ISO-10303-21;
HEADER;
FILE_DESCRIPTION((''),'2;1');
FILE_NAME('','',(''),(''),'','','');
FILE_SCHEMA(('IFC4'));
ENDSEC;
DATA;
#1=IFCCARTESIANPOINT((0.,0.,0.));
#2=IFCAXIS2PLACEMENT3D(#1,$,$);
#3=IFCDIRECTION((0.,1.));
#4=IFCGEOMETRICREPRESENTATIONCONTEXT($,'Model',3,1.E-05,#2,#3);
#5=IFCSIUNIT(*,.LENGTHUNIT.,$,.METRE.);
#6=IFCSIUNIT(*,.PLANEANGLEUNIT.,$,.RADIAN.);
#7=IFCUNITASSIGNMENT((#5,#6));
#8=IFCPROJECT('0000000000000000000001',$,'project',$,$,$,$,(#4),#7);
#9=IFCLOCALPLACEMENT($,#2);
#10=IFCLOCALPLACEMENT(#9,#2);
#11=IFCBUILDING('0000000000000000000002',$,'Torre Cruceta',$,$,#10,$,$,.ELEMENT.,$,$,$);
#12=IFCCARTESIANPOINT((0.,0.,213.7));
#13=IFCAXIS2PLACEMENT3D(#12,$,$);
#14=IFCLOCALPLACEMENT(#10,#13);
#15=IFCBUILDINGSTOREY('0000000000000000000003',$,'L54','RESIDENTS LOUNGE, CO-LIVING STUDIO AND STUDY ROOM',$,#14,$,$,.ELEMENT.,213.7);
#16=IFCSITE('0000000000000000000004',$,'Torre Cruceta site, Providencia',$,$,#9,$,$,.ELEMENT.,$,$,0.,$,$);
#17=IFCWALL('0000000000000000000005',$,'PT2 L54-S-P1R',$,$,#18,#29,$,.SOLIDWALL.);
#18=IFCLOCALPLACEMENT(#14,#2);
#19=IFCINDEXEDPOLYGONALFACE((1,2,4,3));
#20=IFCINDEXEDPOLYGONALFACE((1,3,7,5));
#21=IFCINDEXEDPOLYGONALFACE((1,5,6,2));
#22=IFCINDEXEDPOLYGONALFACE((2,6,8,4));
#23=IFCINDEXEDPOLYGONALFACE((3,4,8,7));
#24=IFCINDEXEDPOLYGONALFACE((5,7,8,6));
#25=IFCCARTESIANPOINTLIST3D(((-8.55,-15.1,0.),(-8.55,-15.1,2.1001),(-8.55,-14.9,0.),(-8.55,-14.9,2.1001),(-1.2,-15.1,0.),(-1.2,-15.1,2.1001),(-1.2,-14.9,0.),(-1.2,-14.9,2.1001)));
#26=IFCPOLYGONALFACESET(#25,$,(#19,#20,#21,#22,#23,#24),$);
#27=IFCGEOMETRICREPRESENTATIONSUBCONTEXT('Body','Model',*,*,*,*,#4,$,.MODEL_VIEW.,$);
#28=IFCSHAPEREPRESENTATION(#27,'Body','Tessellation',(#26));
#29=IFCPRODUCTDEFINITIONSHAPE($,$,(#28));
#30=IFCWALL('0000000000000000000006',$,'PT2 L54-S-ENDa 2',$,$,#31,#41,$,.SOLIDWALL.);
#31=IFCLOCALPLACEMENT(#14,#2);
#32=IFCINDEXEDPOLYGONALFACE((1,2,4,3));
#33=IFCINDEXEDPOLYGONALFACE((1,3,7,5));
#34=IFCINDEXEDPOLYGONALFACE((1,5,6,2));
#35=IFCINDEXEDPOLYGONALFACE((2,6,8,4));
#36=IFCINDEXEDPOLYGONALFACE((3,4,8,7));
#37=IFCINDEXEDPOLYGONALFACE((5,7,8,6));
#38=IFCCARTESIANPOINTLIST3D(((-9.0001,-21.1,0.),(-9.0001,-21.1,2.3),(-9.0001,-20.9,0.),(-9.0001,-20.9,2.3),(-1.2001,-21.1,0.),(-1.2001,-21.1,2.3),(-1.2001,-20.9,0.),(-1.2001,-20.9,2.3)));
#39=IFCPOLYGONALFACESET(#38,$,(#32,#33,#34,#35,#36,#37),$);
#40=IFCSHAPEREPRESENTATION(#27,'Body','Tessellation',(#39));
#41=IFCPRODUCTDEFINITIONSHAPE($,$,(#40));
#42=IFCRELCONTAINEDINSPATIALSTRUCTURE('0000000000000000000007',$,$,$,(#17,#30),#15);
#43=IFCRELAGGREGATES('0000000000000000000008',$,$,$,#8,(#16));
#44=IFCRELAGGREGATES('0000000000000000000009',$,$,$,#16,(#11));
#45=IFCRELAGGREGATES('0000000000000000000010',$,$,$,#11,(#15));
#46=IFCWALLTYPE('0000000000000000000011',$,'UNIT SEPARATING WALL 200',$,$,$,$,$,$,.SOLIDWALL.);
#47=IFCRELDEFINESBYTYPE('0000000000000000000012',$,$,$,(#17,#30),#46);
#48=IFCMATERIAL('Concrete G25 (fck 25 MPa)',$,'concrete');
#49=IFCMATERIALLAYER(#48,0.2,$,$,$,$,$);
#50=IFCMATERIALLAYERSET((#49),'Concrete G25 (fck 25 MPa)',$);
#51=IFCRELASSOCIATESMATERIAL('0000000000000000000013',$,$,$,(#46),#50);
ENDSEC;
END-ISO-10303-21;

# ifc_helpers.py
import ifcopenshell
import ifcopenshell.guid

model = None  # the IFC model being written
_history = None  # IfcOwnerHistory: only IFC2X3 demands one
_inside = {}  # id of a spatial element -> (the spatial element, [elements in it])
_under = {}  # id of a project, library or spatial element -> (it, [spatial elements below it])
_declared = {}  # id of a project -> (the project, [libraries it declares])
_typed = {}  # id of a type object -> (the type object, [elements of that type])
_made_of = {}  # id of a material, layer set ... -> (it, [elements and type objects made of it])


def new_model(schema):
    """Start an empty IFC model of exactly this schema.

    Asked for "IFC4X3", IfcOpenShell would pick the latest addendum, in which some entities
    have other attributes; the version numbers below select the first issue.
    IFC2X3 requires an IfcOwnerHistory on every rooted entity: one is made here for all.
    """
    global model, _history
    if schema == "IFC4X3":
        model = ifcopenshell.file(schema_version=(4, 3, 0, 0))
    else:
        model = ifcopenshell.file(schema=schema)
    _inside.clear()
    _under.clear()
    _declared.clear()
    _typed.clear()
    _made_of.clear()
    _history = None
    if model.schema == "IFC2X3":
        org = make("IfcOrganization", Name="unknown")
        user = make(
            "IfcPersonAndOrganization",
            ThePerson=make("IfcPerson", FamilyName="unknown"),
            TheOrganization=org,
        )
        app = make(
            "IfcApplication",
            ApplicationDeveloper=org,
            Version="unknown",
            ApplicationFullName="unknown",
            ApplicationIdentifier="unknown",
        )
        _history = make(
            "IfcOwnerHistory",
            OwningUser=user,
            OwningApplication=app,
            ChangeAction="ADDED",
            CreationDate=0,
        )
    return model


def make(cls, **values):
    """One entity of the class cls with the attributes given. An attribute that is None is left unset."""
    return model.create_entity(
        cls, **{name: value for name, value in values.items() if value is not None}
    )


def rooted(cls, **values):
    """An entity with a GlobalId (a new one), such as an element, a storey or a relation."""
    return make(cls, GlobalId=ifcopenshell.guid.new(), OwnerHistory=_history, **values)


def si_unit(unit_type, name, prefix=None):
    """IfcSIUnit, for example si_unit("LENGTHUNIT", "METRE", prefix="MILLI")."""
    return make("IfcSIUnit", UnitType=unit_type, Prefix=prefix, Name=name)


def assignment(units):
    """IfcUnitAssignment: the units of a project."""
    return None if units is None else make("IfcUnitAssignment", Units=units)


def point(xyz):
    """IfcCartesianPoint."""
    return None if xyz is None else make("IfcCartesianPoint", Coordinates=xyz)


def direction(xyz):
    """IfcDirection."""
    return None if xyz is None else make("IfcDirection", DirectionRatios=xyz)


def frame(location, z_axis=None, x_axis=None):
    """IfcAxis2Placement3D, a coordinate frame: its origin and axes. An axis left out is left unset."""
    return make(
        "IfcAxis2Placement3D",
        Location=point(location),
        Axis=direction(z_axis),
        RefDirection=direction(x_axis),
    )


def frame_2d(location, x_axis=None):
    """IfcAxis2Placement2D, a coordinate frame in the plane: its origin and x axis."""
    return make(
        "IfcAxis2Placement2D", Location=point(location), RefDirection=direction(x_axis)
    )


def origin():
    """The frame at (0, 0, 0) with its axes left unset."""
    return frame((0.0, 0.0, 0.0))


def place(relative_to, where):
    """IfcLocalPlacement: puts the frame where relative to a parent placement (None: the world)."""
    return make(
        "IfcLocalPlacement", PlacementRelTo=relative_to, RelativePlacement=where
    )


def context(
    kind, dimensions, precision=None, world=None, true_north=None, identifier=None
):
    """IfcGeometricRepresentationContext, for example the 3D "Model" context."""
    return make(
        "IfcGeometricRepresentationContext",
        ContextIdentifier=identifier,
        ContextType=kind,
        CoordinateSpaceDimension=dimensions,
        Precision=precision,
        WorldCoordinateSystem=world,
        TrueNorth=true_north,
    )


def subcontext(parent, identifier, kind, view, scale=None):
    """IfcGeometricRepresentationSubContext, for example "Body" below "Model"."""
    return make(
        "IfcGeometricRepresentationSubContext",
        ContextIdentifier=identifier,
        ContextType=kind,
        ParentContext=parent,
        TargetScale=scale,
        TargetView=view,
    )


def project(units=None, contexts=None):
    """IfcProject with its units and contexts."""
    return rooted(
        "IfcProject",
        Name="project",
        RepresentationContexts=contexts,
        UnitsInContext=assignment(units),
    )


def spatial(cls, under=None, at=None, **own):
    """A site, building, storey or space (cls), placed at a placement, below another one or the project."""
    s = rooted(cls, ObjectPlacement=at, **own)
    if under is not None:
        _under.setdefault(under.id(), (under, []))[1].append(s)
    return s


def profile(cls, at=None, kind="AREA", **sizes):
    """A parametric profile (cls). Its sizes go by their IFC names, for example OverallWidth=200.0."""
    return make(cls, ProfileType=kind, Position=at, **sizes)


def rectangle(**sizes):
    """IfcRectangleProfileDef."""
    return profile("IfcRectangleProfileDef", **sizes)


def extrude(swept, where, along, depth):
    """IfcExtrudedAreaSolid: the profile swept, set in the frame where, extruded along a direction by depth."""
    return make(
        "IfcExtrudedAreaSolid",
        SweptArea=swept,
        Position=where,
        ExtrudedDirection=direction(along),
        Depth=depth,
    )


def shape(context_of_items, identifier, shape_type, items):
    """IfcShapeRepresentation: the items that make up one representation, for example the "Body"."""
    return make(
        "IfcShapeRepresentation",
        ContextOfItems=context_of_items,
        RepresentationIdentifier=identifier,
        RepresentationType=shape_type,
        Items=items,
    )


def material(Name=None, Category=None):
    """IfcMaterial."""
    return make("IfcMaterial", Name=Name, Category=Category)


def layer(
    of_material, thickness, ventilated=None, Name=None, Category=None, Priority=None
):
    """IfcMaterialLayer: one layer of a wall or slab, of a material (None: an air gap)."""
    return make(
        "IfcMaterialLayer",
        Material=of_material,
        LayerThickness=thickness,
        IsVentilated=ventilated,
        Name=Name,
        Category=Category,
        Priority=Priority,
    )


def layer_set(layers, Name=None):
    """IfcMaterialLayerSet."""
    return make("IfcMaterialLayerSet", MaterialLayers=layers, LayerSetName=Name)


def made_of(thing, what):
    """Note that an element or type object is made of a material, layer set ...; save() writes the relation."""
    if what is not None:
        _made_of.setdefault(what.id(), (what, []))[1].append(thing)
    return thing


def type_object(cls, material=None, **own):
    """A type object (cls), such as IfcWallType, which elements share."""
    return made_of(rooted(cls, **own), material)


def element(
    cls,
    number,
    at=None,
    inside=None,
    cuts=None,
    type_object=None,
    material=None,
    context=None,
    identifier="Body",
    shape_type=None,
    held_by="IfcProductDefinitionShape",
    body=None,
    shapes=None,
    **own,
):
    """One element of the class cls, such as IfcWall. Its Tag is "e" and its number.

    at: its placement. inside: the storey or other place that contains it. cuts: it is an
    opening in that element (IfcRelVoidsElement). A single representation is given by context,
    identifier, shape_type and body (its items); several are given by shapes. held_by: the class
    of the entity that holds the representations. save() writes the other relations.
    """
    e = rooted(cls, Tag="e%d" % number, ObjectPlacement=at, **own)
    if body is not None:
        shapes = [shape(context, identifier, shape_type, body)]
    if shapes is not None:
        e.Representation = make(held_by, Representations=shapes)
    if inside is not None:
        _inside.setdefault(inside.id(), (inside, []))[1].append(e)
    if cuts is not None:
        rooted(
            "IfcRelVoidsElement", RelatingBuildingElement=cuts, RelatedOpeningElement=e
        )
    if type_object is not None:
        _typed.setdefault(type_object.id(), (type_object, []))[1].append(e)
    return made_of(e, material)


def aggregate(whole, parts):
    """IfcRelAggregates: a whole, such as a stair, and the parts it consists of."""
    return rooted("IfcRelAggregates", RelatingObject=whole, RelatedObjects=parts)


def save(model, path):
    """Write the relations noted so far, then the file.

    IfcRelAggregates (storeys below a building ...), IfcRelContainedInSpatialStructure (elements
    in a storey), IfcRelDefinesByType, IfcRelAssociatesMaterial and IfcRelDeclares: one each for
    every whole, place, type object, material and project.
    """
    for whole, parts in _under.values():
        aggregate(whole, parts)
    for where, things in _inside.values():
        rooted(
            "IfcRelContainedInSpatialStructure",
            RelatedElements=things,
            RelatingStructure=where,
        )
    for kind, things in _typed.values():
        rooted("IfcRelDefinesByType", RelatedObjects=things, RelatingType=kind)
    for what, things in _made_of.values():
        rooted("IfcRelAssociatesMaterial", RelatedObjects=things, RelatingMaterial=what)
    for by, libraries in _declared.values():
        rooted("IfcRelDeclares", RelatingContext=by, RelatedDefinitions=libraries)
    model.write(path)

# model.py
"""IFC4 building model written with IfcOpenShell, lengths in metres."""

from ifc_helpers import new_model, si_unit, direction, frame, frame_2d, origin, place, context, subcontext, project, spatial, rectangle, extrude, material, layer, layer_set, type_object, element, save


model = new_model("IFC4")

# Units and contexts
model_context = context("Model", 3, precision=1e-05, world=origin(), true_north=direction((0.0, 1.0)))
body_context = subcontext(model_context, "Body", "Model", "MODEL_VIEW")
ifc_project = project(units=[si_unit("LENGTHUNIT", "METRE"), si_unit("PLANEANGLEUNIT", "RADIAN")], contexts=[model_context])

# Site, building, storey
site_placement = place(None, origin())
site = spatial("IfcSite", under=ifc_project, at=site_placement, Name="Torre Cruceta site, Providencia", CompositionType="ELEMENT", RefElevation=0.0)
building_placement = place(site_placement, origin())
building = spatial("IfcBuilding", under=site, at=building_placement, Name="Torre Cruceta", CompositionType="ELEMENT")
storey_placement = place(building_placement, frame((0.0, 0.0, 213.7)))
storey = spatial("IfcBuildingStorey", under=building, at=storey_placement, Name="L54", Description="RESIDENTS LOUNGE, CO-LIVING STUDIO AND STUDY ROOM", CompositionType="ELEMENT", Elevation=213.7)

# Walls
ifc_material_1 = material(Name="Concrete G25 (fck 25 MPa)", Category="concrete")
ifc_layer_1 = layer(ifc_material_1, 0.2)
ifc_layer_set_1 = layer_set([ifc_layer_1], Name="Concrete G25 (fck 25 MPa)")
wall_type_1 = type_object("IfcWallType", Name="UNIT SEPARATING WALL 200", PredefinedType="SOLIDWALL", material=ifc_layer_set_1)
wall_1_placement = place(storey_placement, frame((-8.55, -15.0, 0.0), z_axis=(0.0, 0.0, 1.0), x_axis=(1.0, 0.0, 0.0)))
element("IfcWall", 1, at=wall_1_placement, inside=storey, type_object=wall_type_1, Name="PT2 L54-S-P1R", PredefinedType="SOLIDWALL", context=body_context, shape_type="SweptSolid", body=[
    extrude(rectangle(XDim=7.3501, YDim=0.2, at=frame_2d((3.675, 0.0))), origin(), (0.0, 0.0, 1.0), 2.1001),
])
wall_2_placement = place(storey_placement, frame((-9.0, -21.0, 0.0), z_axis=(0.0, 0.0, 1.0), x_axis=(1.0, 0.0, 0.0)))
element("IfcWall", 2, at=wall_2_placement, inside=storey, type_object=wall_type_1, Name="PT2 L54-S-ENDa 2", PredefinedType="SOLIDWALL", context=body_context, shape_type="SweptSolid", body=[
    extrude(rectangle(XDim=7.8, YDim=0.2, at=frame_2d((3.8999, 0.0))), origin(), (0.0, 0.0, 1.0), 2.3),
])

save(model, "model.ifc")
